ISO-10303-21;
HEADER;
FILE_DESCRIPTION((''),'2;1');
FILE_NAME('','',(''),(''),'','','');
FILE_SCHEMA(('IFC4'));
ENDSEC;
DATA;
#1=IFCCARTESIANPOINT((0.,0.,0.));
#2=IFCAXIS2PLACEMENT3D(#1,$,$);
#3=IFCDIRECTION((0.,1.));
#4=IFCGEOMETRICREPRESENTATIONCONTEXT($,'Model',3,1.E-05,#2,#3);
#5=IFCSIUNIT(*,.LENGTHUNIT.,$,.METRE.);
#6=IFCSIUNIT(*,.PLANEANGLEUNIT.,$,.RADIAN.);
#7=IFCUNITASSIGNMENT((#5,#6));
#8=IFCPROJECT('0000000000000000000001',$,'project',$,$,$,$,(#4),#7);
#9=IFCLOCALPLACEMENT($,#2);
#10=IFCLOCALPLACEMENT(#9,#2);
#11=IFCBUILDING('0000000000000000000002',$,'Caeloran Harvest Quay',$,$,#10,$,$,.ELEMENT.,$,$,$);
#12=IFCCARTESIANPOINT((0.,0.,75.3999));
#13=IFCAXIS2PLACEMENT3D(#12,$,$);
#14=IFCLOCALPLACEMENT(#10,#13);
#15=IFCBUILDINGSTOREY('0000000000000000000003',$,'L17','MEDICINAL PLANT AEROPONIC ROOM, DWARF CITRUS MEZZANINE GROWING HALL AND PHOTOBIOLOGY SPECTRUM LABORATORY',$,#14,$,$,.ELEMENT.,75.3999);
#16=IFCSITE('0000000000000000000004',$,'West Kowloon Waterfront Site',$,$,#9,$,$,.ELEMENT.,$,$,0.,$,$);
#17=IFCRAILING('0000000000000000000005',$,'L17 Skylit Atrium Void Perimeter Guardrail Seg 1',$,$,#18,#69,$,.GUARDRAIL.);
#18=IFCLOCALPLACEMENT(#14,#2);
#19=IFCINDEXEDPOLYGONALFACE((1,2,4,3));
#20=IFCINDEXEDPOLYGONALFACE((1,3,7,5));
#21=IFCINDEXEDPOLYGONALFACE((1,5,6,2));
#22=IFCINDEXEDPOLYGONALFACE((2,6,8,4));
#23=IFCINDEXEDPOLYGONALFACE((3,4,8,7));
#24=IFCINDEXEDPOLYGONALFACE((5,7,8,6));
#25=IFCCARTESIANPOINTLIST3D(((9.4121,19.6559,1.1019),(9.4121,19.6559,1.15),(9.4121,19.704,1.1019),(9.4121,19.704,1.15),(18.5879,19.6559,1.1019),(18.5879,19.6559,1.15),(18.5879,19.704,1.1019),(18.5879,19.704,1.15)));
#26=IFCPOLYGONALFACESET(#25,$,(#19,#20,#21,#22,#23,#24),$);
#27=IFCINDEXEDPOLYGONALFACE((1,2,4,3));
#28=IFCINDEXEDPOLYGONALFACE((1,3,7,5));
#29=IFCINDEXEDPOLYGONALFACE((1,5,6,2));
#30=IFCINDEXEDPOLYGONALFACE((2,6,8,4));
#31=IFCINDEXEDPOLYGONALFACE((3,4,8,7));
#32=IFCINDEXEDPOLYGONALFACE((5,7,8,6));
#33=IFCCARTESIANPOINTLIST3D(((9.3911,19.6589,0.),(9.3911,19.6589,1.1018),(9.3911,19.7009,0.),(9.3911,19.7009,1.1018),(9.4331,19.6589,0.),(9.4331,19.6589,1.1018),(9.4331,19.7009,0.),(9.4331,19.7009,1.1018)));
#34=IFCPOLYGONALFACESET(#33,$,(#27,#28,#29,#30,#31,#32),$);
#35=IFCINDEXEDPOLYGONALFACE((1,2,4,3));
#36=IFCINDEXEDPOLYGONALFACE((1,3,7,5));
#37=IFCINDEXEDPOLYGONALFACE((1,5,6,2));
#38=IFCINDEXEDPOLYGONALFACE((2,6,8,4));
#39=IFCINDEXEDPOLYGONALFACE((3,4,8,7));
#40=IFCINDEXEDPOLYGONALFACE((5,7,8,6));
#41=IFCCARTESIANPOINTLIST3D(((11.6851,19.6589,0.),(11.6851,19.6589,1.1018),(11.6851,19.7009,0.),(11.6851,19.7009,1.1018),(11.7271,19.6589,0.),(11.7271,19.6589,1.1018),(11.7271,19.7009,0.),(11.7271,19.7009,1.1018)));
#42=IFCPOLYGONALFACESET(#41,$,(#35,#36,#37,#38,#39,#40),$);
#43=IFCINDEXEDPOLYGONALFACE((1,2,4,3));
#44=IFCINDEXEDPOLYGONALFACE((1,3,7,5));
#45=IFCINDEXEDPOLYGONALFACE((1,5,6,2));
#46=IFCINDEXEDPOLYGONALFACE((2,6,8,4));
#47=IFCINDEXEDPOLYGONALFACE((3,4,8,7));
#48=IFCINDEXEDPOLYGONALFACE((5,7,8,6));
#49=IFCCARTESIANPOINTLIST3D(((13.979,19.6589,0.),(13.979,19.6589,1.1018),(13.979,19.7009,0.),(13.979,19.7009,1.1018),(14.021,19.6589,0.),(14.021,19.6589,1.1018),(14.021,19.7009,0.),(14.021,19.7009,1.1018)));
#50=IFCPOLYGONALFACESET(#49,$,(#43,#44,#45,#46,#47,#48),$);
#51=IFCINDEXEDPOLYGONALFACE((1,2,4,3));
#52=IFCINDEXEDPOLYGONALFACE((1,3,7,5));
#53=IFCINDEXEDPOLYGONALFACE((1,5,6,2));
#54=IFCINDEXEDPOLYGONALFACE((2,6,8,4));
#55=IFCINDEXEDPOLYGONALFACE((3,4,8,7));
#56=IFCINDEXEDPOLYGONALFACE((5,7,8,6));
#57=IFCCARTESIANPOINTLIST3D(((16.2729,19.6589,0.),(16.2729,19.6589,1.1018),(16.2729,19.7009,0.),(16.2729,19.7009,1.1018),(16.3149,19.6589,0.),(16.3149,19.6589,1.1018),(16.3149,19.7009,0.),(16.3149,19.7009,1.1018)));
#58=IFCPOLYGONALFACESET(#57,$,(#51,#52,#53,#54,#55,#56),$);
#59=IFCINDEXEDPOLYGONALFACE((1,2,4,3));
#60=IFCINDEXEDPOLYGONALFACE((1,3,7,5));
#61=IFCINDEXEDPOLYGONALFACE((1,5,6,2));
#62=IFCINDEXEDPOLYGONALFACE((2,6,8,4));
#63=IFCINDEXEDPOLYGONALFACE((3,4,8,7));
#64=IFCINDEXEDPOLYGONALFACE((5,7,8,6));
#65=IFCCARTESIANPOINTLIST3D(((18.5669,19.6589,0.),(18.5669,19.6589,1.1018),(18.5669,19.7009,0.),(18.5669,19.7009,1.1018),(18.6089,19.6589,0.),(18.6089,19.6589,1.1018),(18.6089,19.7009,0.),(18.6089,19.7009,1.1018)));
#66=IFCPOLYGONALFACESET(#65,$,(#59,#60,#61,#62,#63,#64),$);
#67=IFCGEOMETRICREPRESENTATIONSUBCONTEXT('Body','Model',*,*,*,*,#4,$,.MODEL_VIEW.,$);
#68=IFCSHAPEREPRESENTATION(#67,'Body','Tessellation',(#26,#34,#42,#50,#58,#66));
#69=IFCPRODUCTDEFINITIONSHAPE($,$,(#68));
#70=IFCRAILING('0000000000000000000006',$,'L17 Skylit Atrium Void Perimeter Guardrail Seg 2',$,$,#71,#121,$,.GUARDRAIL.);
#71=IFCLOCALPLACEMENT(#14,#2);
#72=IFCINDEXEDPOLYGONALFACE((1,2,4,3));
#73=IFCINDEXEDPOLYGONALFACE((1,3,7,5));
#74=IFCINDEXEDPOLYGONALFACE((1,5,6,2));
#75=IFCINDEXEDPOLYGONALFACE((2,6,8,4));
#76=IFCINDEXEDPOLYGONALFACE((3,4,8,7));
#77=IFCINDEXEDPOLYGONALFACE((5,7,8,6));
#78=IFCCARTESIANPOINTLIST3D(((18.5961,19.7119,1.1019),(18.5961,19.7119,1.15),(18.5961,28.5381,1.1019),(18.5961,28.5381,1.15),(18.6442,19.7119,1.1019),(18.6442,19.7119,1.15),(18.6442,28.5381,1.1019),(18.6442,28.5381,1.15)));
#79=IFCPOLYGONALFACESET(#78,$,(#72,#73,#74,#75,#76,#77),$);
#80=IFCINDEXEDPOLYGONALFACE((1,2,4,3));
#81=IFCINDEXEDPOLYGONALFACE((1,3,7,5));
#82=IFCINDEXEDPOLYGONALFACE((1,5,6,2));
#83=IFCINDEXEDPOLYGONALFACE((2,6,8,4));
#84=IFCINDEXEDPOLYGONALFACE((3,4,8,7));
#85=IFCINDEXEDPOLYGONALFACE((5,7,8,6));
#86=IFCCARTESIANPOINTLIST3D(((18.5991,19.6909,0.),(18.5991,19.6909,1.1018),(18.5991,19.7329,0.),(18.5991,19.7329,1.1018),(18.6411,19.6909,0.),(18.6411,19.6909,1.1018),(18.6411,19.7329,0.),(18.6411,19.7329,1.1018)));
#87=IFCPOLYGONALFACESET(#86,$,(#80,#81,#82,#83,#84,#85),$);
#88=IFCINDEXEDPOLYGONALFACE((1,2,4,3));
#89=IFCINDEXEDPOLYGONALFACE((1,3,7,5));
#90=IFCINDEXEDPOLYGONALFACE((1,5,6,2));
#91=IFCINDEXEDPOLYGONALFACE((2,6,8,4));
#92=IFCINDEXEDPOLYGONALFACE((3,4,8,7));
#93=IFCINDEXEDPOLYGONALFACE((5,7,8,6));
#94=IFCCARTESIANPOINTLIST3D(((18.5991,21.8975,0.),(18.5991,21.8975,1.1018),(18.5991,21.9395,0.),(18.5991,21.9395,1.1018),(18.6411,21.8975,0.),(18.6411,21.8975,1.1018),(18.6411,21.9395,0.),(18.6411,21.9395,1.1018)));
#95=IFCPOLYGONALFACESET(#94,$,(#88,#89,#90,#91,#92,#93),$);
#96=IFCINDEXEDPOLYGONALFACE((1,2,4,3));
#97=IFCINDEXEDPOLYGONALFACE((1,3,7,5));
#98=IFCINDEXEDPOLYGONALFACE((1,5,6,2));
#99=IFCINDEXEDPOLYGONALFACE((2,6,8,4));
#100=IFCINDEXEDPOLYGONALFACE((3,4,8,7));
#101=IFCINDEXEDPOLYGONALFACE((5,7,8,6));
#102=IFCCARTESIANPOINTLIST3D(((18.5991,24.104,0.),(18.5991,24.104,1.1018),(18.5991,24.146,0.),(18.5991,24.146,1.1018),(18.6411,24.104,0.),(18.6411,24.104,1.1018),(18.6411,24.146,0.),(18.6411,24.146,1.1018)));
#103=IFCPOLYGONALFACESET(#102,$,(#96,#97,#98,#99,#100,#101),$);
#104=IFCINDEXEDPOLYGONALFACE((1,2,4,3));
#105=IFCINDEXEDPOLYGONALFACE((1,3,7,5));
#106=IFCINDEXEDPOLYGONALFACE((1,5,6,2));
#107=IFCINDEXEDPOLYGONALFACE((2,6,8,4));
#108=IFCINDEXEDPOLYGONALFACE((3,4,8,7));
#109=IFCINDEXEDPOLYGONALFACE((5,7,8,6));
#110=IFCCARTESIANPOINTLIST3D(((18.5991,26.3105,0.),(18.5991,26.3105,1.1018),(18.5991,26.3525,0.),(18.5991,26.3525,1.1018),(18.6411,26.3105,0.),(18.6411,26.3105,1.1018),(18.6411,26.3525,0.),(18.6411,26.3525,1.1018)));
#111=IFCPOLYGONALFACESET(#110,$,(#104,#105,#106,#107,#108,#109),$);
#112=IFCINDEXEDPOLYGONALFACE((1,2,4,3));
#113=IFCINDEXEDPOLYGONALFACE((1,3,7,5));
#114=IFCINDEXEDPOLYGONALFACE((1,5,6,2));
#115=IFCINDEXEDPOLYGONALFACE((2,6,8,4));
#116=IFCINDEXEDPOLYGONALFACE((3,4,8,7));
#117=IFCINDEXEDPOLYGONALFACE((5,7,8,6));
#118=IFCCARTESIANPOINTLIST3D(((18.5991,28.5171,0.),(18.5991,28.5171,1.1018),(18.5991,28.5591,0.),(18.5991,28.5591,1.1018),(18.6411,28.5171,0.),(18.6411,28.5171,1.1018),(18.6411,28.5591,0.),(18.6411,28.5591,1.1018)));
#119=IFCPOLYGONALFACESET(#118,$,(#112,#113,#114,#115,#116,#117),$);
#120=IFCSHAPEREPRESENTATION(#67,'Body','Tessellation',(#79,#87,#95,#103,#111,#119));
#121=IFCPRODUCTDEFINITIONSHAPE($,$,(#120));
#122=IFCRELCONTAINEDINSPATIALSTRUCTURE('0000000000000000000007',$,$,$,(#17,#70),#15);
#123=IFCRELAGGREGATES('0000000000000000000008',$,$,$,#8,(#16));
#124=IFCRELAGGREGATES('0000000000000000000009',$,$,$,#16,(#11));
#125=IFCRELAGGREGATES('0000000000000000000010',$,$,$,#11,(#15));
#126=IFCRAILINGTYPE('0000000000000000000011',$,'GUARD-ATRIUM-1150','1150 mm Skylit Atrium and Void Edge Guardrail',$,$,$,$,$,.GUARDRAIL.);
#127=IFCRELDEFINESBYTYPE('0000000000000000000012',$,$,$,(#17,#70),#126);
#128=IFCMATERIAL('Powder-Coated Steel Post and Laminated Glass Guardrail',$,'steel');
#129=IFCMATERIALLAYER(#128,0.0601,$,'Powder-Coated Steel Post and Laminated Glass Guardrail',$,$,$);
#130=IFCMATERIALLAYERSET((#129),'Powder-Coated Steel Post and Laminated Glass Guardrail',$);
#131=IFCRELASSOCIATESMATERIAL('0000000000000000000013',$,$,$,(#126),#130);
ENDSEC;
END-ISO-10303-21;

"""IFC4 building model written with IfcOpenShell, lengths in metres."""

from ifc_helpers import new_model, si_unit, direction, frame, origin, origin_2d, place, context, subcontext, project, spatial, rectangle, extrude, material, layer, layer_set, type_object, element, save


model = new_model("IFC4")

# Units and contexts
model_context = context("Model", 3, precision=1e-05, world=origin(), true_north=direction((0.0, 1.0)))
body_context = subcontext(model_context, "Body", "Model", "MODEL_VIEW")
ifc_project = project(units=[si_unit("LENGTHUNIT", "METRE"), si_unit("PLANEANGLEUNIT", "RADIAN")], contexts=[model_context])

# Site, building, storey
site_placement = place(None, origin())
site = spatial("IfcSite", under=ifc_project, at=site_placement, Name="West Kowloon Waterfront Site", CompositionType="ELEMENT", RefElevation=0.0)
building_placement = place(site_placement, origin())
building = spatial("IfcBuilding", under=site, at=building_placement, Name="Caeloran Harvest Quay", CompositionType="ELEMENT")
storey_placement = place(building_placement, frame((0.0, 0.0, 75.3999)))
storey = spatial("IfcBuildingStorey", under=building, at=storey_placement, Name="L17", Description="MEDICINAL PLANT AEROPONIC ROOM, DWARF CITRUS MEZZANINE GROWING HALL AND PHOTOBIOLOGY SPECTRUM LABORATORY", CompositionType="ELEMENT", Elevation=75.3999)

# Railings
ifc_material_1 = material(Name="Powder-Coated Steel Post and Laminated Glass Guardrail", Category="steel")
ifc_layer_1 = layer(ifc_material_1, 0.0601, Name="Powder-Coated Steel Post and Laminated Glass Guardrail")
ifc_layer_set_1 = layer_set([ifc_layer_1], Name="Powder-Coated Steel Post and Laminated Glass Guardrail")
railing_type = type_object("IfcRailingType", Name="GUARD-ATRIUM-1150", Description="1150 mm Skylit Atrium and Void Edge Guardrail", PredefinedType="GUARDRAIL", material=ifc_layer_set_1)
railing_1_placement = place(storey_placement, frame((9.4121, 19.6799, 0.0)))
element("IfcRailing", 1, at=railing_1_placement, inside=storey, type_object=railing_type, Name="L17 Skylit Atrium Void Perimeter Guardrail Seg 1", PredefinedType="GUARDRAIL", context=body_context, shape_type="SweptSolid", body=[
    extrude(rectangle(XDim=0.0481, YDim=0.0481, at=origin_2d()), frame((0.0, 0.0, 1.126), z_axis=(1.0, 0.0, 0.0), x_axis=(0.0, 1.0, 0.0)), (0.0, 0.0, 1.0), 9.1758),
    extrude(rectangle(XDim=0.042, YDim=0.042, at=origin_2d()), origin(), (0.0, 0.0, 1.0), 1.1018),
    extrude(rectangle(XDim=0.042, YDim=0.042, at=origin_2d()), frame((2.2939, 0.0, 0.0)), (0.0, 0.0, 1.0), 1.1018),
    extrude(rectangle(XDim=0.042, YDim=0.042, at=origin_2d()), frame((4.5879, 0.0, 0.0)), (0.0, 0.0, 1.0), 1.1018),
    extrude(rectangle(XDim=0.042, YDim=0.042, at=origin_2d()), frame((6.8818, 0.0, 0.0)), (0.0, 0.0, 1.0), 1.1018),
    extrude(rectangle(XDim=0.042, YDim=0.042, at=origin_2d()), frame((9.1758, 0.0, 0.0)), (0.0, 0.0, 1.0), 1.1018),
])
railing_2_placement = place(storey_placement, frame((18.6201, 19.7119, 0.0)))
element("IfcRailing", 2, at=railing_2_placement, inside=storey, type_object=railing_type, Name="L17 Skylit Atrium Void Perimeter Guardrail Seg 2", PredefinedType="GUARDRAIL", context=body_context, shape_type="SweptSolid", body=[
    extrude(rectangle(XDim=0.0481, YDim=0.0481, at=origin_2d()), frame((0.0, 0.0, 1.126), z_axis=(0.0, 1.0, 0.0), x_axis=(-1.0, 0.0, 0.0)), (0.0, 0.0, 1.0), 8.8262),
    extrude(rectangle(XDim=0.042, YDim=0.042, at=origin_2d()), origin(), (0.0, 0.0, 1.0), 1.1018),
    extrude(rectangle(XDim=0.042, YDim=0.042, at=origin_2d()), frame((0.0, 2.2065, 0.0)), (0.0, 0.0, 1.0), 1.1018),
    extrude(rectangle(XDim=0.042, YDim=0.042, at=origin_2d()), frame((0.0, 4.4131, 0.0)), (0.0, 0.0, 1.0), 1.1018),
    extrude(rectangle(XDim=0.042, YDim=0.042, at=origin_2d()), frame((0.0, 6.6196, 0.0)), (0.0, 0.0, 1.0), 1.1018),
    extrude(rectangle(XDim=0.042, YDim=0.042, at=origin_2d()), frame((0.0, 8.8262, 0.0)), (0.0, 0.0, 1.0), 1.1018),
])

save(model, "model.ifc")
